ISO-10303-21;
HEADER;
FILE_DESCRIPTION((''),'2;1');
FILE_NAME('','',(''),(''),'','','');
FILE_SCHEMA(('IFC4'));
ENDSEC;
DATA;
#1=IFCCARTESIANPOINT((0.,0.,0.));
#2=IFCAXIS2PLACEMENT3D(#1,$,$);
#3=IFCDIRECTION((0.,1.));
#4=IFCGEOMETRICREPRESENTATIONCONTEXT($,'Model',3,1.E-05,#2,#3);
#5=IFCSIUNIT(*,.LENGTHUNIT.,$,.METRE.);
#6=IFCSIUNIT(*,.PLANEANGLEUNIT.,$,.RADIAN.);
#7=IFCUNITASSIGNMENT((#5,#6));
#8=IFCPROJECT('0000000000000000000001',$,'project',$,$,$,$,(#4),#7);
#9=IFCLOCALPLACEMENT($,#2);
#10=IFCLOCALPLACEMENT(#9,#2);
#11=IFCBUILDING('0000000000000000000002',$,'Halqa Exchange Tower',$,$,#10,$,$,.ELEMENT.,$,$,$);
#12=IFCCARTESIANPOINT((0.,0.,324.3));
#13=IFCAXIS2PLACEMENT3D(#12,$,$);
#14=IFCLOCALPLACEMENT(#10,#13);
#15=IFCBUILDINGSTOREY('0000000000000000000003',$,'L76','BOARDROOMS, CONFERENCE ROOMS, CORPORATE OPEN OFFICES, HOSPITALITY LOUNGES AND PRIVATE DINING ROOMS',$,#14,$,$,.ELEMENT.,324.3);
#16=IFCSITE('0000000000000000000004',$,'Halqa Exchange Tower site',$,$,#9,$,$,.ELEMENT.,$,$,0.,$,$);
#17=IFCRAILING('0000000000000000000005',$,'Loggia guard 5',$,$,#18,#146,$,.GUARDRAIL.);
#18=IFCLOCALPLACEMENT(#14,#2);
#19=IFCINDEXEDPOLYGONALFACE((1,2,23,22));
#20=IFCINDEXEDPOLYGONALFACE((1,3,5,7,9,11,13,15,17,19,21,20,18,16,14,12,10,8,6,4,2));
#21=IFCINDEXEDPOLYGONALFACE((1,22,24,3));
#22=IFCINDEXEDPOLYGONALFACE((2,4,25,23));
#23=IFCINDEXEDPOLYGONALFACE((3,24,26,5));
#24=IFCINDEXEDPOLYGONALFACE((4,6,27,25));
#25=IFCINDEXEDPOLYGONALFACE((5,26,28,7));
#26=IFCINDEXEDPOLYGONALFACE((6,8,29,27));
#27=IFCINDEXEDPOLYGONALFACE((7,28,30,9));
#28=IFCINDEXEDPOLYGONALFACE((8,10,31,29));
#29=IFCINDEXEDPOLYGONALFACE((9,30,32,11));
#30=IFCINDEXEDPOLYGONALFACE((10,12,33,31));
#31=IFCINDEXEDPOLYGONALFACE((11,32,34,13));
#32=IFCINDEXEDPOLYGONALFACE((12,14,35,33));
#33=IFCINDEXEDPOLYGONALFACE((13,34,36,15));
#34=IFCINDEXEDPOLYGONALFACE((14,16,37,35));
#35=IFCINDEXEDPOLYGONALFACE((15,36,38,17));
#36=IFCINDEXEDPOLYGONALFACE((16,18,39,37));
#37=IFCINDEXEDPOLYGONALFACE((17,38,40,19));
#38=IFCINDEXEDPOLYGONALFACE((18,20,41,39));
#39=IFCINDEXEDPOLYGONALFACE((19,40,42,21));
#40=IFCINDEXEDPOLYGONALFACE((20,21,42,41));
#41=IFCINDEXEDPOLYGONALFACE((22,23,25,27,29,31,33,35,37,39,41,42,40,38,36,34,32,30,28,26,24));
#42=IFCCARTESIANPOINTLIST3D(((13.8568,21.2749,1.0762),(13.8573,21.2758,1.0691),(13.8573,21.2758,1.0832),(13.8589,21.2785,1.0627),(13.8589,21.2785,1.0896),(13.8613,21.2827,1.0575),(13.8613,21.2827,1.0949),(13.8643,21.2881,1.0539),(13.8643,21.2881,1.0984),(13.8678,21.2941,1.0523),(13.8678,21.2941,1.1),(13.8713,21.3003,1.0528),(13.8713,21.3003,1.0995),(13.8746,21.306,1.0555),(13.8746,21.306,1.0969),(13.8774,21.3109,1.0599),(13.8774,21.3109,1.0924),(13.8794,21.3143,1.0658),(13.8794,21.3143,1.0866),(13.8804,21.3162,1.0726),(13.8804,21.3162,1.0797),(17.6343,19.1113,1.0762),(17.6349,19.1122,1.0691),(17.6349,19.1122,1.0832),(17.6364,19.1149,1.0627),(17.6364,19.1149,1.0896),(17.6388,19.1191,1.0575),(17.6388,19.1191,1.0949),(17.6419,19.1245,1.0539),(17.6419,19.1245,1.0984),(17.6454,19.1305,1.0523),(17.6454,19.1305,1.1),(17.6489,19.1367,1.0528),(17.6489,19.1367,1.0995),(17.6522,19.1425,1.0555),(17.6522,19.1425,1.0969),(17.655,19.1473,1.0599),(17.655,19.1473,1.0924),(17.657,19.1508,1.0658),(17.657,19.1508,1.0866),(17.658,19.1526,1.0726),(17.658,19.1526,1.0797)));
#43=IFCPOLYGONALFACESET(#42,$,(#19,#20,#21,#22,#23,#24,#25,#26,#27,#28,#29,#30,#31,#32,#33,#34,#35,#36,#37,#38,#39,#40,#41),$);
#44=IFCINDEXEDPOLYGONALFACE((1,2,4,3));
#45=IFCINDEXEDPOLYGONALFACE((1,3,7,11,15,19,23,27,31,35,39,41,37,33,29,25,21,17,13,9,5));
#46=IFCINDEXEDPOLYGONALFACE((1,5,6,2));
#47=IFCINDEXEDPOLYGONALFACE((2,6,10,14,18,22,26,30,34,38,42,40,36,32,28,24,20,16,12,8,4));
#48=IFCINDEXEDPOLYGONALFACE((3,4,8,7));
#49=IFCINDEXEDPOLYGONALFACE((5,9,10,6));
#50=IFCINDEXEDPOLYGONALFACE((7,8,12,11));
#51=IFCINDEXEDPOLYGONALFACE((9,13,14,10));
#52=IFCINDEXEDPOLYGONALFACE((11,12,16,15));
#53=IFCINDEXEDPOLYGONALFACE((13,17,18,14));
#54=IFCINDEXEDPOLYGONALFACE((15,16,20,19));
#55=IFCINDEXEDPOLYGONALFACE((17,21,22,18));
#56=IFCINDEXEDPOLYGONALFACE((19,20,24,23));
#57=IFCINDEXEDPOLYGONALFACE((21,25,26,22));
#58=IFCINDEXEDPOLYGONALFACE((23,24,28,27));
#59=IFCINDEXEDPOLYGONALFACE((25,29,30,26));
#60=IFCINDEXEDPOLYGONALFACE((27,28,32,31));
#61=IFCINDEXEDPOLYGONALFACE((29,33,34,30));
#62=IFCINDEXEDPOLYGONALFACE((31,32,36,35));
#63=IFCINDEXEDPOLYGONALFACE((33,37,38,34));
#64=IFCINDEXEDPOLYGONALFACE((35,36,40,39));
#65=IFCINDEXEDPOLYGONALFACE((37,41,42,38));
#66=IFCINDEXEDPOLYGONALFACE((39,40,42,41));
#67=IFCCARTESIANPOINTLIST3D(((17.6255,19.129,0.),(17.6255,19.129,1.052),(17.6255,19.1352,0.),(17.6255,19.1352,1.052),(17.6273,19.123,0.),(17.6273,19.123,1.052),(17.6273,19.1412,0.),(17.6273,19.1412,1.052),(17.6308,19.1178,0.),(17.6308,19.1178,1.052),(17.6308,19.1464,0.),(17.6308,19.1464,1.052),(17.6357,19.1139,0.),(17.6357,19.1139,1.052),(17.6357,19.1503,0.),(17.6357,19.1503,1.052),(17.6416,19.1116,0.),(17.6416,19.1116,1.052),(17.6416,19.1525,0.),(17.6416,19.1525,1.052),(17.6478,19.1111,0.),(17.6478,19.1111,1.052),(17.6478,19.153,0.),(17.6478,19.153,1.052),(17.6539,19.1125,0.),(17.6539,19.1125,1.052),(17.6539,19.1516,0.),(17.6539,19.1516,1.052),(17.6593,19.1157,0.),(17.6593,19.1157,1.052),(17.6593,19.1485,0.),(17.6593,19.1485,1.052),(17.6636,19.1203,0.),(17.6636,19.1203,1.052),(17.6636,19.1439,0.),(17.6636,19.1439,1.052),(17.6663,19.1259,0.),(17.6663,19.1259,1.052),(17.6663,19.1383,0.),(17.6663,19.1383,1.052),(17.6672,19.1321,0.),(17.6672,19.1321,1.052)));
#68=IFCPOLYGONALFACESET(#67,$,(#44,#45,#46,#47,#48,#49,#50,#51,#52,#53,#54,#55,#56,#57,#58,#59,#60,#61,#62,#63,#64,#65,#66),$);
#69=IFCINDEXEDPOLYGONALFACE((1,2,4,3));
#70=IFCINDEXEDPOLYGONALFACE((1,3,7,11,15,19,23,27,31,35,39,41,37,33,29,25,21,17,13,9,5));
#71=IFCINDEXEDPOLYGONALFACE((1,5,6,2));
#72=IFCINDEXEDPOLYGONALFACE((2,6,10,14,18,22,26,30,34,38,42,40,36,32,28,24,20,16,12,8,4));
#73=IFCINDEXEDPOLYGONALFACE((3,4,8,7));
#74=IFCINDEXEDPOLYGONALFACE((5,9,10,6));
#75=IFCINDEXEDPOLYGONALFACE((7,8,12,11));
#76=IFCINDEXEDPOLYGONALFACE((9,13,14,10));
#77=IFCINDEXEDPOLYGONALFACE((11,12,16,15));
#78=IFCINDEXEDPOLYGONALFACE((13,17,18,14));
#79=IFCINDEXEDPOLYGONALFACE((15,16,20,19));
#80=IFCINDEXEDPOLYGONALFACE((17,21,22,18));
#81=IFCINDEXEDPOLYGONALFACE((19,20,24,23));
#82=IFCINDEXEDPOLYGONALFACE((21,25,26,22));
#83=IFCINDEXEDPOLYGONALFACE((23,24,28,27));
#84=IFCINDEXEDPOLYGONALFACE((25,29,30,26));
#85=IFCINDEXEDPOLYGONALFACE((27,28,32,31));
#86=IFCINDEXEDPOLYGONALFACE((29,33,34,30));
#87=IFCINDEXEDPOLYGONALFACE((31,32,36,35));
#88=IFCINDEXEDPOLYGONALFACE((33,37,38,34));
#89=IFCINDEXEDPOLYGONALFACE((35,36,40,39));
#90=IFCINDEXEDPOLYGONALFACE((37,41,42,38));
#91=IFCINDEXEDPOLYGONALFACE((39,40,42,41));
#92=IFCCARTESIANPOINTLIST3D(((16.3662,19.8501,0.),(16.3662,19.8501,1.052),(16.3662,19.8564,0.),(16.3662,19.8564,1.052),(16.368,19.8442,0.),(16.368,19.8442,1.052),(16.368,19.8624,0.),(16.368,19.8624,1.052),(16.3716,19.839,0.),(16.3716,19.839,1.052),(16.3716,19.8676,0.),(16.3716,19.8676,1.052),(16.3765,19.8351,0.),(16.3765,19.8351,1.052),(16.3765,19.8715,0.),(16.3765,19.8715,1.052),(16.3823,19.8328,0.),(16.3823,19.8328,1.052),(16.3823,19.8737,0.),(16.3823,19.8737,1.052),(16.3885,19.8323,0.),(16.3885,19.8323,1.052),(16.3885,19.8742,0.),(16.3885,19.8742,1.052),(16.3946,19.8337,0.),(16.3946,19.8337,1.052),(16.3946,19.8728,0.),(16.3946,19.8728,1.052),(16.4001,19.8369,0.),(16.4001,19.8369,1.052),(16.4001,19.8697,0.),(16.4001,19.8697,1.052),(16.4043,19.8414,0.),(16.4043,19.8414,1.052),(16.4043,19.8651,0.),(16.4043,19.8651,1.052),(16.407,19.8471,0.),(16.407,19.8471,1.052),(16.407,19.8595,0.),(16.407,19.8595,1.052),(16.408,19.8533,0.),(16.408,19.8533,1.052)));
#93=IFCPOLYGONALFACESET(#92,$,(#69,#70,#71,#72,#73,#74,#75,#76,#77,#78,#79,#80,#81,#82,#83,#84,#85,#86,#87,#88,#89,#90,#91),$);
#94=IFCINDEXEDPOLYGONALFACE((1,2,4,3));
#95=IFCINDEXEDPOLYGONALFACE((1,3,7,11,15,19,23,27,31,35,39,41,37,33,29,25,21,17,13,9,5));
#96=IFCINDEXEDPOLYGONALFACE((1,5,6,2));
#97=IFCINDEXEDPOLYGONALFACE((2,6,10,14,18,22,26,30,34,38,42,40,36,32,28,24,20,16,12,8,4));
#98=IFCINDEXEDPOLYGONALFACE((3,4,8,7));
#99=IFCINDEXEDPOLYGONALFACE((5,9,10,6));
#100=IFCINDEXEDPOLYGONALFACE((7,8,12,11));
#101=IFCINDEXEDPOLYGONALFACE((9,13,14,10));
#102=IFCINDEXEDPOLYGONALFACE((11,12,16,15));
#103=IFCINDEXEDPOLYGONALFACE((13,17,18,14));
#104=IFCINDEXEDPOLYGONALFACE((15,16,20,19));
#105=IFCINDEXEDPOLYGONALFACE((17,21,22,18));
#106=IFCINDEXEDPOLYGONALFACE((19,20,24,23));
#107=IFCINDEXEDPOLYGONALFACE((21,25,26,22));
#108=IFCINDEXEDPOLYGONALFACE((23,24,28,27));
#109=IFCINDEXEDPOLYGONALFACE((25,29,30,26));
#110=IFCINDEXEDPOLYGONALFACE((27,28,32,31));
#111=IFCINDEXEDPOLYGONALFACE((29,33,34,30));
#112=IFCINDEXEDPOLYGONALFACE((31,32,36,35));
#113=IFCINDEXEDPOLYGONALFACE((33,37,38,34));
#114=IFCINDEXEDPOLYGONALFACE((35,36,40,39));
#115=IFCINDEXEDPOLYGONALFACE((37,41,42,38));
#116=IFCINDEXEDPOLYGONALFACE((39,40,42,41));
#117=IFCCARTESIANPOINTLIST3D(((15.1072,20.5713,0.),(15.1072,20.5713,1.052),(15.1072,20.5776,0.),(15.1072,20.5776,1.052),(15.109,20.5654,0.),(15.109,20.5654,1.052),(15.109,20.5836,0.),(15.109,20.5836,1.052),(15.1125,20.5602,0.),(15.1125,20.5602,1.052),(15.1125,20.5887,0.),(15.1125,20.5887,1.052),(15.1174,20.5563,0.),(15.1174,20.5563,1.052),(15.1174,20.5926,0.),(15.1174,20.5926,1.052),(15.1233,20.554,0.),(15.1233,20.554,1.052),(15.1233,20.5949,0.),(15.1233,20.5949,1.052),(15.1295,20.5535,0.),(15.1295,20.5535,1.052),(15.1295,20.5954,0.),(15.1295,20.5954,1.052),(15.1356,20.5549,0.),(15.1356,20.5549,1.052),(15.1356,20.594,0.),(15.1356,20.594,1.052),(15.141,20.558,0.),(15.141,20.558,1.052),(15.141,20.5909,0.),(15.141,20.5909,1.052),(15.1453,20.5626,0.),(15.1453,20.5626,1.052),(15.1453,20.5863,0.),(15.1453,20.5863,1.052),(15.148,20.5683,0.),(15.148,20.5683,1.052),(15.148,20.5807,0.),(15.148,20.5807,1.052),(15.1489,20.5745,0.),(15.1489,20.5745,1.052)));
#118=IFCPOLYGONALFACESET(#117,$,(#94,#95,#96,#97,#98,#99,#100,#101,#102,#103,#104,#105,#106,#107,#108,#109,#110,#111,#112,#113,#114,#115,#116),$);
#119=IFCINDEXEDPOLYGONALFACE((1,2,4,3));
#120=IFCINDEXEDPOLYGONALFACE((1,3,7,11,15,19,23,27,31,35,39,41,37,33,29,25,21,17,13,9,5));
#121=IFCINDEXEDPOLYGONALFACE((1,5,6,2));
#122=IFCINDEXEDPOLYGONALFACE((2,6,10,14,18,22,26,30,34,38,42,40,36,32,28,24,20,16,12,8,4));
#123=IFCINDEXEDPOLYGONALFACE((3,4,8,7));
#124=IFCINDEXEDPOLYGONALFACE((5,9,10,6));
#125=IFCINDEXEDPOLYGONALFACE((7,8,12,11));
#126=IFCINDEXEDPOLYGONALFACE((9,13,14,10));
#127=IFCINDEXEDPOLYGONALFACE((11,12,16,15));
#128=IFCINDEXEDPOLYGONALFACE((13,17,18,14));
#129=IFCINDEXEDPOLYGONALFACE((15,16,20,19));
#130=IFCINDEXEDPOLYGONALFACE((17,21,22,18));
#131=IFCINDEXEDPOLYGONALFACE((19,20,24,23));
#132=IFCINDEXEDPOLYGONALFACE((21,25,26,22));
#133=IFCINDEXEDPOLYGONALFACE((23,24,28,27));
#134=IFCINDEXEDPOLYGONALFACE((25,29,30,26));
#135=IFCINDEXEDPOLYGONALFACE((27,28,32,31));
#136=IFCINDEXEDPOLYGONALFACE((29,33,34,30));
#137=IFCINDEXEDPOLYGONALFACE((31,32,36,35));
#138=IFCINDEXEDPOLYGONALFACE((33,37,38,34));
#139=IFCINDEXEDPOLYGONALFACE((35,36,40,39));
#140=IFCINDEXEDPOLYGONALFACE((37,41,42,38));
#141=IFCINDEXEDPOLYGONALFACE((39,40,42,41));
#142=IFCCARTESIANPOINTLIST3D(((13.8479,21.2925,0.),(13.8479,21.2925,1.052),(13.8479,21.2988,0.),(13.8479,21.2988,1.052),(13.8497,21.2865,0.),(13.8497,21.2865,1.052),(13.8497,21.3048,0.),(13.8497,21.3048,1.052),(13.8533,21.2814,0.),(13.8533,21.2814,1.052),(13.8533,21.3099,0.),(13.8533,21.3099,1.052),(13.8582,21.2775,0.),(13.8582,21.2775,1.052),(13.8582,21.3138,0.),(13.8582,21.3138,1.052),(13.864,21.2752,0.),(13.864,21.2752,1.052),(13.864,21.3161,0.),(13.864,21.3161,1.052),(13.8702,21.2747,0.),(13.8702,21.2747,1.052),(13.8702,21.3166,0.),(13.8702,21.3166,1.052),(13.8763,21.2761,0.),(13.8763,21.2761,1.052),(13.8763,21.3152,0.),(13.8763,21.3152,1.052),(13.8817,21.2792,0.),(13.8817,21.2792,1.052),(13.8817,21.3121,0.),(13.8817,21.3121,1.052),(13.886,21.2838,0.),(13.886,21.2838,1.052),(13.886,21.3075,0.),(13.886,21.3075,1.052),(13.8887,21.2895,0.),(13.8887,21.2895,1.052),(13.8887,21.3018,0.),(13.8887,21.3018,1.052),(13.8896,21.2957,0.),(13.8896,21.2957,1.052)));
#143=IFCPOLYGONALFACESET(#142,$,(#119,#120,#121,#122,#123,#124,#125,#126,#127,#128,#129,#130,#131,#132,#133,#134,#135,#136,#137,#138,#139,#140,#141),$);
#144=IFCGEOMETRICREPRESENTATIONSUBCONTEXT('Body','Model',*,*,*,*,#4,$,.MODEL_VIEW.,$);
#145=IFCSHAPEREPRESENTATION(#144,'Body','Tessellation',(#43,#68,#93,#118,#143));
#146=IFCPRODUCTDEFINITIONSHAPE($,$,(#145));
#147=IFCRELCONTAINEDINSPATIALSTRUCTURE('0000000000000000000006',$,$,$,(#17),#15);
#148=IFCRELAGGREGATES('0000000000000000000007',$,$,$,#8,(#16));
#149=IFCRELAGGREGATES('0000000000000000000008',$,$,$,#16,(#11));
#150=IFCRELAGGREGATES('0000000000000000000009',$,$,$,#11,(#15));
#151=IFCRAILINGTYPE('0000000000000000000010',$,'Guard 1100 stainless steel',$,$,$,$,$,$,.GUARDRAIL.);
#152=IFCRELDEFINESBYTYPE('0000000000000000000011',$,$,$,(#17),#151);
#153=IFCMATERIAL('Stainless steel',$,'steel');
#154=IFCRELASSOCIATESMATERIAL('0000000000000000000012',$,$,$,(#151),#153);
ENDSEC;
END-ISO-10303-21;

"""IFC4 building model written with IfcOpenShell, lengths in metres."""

from ifc_helpers import new_model, si_unit, direction, frame, origin, origin_2d, place, context, subcontext, project, spatial, circle, extrude, material, type_object, element, save


model = new_model("IFC4")

# Units and contexts
model_context = context("Model", 3, precision=1e-05, world=origin(), true_north=direction((0.0, 1.0)))
body_context = subcontext(model_context, "Body", "Model", "MODEL_VIEW")
ifc_project = project(units=[si_unit("LENGTHUNIT", "METRE"), si_unit("PLANEANGLEUNIT", "RADIAN")], contexts=[model_context])

# Site, building, storey
site_placement = place(None, origin())
site = spatial("IfcSite", under=ifc_project, at=site_placement, Name="Halqa Exchange Tower site", CompositionType="ELEMENT", RefElevation=0.0)
building_placement = place(site_placement, origin())
building = spatial("IfcBuilding", under=site, at=building_placement, Name="Halqa Exchange Tower", CompositionType="ELEMENT")
storey_placement = place(building_placement, frame((0.0, 0.0, 324.3)))
storey = spatial("IfcBuildingStorey", under=building, at=storey_placement, Name="L76", Description="BOARDROOMS, CONFERENCE ROOMS, CORPORATE OPEN OFFICES, HOSPITALITY LOUNGES AND PRIVATE DINING ROOMS", CompositionType="ELEMENT", Elevation=324.3)

# Railing
ifc_material_1 = material(Name="Stainless steel", Category="steel")
railing_type = type_object("IfcRailingType", Name="Guard 1100 stainless steel", PredefinedType="GUARDRAIL", material=ifc_material_1)
railing_1_placement = place(storey_placement, frame((17.6462, 19.1321, 0.0)))
element("IfcRailing", 1, at=railing_1_placement, inside=storey, type_object=railing_type, Name="Loggia guard 5", PredefinedType="GUARDRAIL", context=body_context, shape_type="SweptSolid", body=[
    extrude(circle(Radius=0.0239, at=origin_2d()), frame((0.0, 0.0, 1.0762), z_axis=(-0.867753, 0.496996, 0.0), x_axis=(-0.496996, -0.867753, 0.0)), (0.0, 0.0, 1.0), 4.3533),
    extrude(circle(Radius=0.021, at=origin_2d()), origin(), (0.0, 0.0, 1.0), 1.052),
    extrude(circle(Radius=0.021, at=origin_2d()), frame((-1.2593, 0.7212, 0.0)), (0.0, 0.0, 1.0), 1.052),
    extrude(circle(Radius=0.021, at=origin_2d()), frame((-2.5183, 1.4424, 0.0)), (0.0, 0.0, 1.0), 1.052),
    extrude(circle(Radius=0.021, at=origin_2d()), frame((-3.7776, 2.1636, 0.0)), (0.0, 0.0, 1.0), 1.052),
])

save(model, "model.ifc")
